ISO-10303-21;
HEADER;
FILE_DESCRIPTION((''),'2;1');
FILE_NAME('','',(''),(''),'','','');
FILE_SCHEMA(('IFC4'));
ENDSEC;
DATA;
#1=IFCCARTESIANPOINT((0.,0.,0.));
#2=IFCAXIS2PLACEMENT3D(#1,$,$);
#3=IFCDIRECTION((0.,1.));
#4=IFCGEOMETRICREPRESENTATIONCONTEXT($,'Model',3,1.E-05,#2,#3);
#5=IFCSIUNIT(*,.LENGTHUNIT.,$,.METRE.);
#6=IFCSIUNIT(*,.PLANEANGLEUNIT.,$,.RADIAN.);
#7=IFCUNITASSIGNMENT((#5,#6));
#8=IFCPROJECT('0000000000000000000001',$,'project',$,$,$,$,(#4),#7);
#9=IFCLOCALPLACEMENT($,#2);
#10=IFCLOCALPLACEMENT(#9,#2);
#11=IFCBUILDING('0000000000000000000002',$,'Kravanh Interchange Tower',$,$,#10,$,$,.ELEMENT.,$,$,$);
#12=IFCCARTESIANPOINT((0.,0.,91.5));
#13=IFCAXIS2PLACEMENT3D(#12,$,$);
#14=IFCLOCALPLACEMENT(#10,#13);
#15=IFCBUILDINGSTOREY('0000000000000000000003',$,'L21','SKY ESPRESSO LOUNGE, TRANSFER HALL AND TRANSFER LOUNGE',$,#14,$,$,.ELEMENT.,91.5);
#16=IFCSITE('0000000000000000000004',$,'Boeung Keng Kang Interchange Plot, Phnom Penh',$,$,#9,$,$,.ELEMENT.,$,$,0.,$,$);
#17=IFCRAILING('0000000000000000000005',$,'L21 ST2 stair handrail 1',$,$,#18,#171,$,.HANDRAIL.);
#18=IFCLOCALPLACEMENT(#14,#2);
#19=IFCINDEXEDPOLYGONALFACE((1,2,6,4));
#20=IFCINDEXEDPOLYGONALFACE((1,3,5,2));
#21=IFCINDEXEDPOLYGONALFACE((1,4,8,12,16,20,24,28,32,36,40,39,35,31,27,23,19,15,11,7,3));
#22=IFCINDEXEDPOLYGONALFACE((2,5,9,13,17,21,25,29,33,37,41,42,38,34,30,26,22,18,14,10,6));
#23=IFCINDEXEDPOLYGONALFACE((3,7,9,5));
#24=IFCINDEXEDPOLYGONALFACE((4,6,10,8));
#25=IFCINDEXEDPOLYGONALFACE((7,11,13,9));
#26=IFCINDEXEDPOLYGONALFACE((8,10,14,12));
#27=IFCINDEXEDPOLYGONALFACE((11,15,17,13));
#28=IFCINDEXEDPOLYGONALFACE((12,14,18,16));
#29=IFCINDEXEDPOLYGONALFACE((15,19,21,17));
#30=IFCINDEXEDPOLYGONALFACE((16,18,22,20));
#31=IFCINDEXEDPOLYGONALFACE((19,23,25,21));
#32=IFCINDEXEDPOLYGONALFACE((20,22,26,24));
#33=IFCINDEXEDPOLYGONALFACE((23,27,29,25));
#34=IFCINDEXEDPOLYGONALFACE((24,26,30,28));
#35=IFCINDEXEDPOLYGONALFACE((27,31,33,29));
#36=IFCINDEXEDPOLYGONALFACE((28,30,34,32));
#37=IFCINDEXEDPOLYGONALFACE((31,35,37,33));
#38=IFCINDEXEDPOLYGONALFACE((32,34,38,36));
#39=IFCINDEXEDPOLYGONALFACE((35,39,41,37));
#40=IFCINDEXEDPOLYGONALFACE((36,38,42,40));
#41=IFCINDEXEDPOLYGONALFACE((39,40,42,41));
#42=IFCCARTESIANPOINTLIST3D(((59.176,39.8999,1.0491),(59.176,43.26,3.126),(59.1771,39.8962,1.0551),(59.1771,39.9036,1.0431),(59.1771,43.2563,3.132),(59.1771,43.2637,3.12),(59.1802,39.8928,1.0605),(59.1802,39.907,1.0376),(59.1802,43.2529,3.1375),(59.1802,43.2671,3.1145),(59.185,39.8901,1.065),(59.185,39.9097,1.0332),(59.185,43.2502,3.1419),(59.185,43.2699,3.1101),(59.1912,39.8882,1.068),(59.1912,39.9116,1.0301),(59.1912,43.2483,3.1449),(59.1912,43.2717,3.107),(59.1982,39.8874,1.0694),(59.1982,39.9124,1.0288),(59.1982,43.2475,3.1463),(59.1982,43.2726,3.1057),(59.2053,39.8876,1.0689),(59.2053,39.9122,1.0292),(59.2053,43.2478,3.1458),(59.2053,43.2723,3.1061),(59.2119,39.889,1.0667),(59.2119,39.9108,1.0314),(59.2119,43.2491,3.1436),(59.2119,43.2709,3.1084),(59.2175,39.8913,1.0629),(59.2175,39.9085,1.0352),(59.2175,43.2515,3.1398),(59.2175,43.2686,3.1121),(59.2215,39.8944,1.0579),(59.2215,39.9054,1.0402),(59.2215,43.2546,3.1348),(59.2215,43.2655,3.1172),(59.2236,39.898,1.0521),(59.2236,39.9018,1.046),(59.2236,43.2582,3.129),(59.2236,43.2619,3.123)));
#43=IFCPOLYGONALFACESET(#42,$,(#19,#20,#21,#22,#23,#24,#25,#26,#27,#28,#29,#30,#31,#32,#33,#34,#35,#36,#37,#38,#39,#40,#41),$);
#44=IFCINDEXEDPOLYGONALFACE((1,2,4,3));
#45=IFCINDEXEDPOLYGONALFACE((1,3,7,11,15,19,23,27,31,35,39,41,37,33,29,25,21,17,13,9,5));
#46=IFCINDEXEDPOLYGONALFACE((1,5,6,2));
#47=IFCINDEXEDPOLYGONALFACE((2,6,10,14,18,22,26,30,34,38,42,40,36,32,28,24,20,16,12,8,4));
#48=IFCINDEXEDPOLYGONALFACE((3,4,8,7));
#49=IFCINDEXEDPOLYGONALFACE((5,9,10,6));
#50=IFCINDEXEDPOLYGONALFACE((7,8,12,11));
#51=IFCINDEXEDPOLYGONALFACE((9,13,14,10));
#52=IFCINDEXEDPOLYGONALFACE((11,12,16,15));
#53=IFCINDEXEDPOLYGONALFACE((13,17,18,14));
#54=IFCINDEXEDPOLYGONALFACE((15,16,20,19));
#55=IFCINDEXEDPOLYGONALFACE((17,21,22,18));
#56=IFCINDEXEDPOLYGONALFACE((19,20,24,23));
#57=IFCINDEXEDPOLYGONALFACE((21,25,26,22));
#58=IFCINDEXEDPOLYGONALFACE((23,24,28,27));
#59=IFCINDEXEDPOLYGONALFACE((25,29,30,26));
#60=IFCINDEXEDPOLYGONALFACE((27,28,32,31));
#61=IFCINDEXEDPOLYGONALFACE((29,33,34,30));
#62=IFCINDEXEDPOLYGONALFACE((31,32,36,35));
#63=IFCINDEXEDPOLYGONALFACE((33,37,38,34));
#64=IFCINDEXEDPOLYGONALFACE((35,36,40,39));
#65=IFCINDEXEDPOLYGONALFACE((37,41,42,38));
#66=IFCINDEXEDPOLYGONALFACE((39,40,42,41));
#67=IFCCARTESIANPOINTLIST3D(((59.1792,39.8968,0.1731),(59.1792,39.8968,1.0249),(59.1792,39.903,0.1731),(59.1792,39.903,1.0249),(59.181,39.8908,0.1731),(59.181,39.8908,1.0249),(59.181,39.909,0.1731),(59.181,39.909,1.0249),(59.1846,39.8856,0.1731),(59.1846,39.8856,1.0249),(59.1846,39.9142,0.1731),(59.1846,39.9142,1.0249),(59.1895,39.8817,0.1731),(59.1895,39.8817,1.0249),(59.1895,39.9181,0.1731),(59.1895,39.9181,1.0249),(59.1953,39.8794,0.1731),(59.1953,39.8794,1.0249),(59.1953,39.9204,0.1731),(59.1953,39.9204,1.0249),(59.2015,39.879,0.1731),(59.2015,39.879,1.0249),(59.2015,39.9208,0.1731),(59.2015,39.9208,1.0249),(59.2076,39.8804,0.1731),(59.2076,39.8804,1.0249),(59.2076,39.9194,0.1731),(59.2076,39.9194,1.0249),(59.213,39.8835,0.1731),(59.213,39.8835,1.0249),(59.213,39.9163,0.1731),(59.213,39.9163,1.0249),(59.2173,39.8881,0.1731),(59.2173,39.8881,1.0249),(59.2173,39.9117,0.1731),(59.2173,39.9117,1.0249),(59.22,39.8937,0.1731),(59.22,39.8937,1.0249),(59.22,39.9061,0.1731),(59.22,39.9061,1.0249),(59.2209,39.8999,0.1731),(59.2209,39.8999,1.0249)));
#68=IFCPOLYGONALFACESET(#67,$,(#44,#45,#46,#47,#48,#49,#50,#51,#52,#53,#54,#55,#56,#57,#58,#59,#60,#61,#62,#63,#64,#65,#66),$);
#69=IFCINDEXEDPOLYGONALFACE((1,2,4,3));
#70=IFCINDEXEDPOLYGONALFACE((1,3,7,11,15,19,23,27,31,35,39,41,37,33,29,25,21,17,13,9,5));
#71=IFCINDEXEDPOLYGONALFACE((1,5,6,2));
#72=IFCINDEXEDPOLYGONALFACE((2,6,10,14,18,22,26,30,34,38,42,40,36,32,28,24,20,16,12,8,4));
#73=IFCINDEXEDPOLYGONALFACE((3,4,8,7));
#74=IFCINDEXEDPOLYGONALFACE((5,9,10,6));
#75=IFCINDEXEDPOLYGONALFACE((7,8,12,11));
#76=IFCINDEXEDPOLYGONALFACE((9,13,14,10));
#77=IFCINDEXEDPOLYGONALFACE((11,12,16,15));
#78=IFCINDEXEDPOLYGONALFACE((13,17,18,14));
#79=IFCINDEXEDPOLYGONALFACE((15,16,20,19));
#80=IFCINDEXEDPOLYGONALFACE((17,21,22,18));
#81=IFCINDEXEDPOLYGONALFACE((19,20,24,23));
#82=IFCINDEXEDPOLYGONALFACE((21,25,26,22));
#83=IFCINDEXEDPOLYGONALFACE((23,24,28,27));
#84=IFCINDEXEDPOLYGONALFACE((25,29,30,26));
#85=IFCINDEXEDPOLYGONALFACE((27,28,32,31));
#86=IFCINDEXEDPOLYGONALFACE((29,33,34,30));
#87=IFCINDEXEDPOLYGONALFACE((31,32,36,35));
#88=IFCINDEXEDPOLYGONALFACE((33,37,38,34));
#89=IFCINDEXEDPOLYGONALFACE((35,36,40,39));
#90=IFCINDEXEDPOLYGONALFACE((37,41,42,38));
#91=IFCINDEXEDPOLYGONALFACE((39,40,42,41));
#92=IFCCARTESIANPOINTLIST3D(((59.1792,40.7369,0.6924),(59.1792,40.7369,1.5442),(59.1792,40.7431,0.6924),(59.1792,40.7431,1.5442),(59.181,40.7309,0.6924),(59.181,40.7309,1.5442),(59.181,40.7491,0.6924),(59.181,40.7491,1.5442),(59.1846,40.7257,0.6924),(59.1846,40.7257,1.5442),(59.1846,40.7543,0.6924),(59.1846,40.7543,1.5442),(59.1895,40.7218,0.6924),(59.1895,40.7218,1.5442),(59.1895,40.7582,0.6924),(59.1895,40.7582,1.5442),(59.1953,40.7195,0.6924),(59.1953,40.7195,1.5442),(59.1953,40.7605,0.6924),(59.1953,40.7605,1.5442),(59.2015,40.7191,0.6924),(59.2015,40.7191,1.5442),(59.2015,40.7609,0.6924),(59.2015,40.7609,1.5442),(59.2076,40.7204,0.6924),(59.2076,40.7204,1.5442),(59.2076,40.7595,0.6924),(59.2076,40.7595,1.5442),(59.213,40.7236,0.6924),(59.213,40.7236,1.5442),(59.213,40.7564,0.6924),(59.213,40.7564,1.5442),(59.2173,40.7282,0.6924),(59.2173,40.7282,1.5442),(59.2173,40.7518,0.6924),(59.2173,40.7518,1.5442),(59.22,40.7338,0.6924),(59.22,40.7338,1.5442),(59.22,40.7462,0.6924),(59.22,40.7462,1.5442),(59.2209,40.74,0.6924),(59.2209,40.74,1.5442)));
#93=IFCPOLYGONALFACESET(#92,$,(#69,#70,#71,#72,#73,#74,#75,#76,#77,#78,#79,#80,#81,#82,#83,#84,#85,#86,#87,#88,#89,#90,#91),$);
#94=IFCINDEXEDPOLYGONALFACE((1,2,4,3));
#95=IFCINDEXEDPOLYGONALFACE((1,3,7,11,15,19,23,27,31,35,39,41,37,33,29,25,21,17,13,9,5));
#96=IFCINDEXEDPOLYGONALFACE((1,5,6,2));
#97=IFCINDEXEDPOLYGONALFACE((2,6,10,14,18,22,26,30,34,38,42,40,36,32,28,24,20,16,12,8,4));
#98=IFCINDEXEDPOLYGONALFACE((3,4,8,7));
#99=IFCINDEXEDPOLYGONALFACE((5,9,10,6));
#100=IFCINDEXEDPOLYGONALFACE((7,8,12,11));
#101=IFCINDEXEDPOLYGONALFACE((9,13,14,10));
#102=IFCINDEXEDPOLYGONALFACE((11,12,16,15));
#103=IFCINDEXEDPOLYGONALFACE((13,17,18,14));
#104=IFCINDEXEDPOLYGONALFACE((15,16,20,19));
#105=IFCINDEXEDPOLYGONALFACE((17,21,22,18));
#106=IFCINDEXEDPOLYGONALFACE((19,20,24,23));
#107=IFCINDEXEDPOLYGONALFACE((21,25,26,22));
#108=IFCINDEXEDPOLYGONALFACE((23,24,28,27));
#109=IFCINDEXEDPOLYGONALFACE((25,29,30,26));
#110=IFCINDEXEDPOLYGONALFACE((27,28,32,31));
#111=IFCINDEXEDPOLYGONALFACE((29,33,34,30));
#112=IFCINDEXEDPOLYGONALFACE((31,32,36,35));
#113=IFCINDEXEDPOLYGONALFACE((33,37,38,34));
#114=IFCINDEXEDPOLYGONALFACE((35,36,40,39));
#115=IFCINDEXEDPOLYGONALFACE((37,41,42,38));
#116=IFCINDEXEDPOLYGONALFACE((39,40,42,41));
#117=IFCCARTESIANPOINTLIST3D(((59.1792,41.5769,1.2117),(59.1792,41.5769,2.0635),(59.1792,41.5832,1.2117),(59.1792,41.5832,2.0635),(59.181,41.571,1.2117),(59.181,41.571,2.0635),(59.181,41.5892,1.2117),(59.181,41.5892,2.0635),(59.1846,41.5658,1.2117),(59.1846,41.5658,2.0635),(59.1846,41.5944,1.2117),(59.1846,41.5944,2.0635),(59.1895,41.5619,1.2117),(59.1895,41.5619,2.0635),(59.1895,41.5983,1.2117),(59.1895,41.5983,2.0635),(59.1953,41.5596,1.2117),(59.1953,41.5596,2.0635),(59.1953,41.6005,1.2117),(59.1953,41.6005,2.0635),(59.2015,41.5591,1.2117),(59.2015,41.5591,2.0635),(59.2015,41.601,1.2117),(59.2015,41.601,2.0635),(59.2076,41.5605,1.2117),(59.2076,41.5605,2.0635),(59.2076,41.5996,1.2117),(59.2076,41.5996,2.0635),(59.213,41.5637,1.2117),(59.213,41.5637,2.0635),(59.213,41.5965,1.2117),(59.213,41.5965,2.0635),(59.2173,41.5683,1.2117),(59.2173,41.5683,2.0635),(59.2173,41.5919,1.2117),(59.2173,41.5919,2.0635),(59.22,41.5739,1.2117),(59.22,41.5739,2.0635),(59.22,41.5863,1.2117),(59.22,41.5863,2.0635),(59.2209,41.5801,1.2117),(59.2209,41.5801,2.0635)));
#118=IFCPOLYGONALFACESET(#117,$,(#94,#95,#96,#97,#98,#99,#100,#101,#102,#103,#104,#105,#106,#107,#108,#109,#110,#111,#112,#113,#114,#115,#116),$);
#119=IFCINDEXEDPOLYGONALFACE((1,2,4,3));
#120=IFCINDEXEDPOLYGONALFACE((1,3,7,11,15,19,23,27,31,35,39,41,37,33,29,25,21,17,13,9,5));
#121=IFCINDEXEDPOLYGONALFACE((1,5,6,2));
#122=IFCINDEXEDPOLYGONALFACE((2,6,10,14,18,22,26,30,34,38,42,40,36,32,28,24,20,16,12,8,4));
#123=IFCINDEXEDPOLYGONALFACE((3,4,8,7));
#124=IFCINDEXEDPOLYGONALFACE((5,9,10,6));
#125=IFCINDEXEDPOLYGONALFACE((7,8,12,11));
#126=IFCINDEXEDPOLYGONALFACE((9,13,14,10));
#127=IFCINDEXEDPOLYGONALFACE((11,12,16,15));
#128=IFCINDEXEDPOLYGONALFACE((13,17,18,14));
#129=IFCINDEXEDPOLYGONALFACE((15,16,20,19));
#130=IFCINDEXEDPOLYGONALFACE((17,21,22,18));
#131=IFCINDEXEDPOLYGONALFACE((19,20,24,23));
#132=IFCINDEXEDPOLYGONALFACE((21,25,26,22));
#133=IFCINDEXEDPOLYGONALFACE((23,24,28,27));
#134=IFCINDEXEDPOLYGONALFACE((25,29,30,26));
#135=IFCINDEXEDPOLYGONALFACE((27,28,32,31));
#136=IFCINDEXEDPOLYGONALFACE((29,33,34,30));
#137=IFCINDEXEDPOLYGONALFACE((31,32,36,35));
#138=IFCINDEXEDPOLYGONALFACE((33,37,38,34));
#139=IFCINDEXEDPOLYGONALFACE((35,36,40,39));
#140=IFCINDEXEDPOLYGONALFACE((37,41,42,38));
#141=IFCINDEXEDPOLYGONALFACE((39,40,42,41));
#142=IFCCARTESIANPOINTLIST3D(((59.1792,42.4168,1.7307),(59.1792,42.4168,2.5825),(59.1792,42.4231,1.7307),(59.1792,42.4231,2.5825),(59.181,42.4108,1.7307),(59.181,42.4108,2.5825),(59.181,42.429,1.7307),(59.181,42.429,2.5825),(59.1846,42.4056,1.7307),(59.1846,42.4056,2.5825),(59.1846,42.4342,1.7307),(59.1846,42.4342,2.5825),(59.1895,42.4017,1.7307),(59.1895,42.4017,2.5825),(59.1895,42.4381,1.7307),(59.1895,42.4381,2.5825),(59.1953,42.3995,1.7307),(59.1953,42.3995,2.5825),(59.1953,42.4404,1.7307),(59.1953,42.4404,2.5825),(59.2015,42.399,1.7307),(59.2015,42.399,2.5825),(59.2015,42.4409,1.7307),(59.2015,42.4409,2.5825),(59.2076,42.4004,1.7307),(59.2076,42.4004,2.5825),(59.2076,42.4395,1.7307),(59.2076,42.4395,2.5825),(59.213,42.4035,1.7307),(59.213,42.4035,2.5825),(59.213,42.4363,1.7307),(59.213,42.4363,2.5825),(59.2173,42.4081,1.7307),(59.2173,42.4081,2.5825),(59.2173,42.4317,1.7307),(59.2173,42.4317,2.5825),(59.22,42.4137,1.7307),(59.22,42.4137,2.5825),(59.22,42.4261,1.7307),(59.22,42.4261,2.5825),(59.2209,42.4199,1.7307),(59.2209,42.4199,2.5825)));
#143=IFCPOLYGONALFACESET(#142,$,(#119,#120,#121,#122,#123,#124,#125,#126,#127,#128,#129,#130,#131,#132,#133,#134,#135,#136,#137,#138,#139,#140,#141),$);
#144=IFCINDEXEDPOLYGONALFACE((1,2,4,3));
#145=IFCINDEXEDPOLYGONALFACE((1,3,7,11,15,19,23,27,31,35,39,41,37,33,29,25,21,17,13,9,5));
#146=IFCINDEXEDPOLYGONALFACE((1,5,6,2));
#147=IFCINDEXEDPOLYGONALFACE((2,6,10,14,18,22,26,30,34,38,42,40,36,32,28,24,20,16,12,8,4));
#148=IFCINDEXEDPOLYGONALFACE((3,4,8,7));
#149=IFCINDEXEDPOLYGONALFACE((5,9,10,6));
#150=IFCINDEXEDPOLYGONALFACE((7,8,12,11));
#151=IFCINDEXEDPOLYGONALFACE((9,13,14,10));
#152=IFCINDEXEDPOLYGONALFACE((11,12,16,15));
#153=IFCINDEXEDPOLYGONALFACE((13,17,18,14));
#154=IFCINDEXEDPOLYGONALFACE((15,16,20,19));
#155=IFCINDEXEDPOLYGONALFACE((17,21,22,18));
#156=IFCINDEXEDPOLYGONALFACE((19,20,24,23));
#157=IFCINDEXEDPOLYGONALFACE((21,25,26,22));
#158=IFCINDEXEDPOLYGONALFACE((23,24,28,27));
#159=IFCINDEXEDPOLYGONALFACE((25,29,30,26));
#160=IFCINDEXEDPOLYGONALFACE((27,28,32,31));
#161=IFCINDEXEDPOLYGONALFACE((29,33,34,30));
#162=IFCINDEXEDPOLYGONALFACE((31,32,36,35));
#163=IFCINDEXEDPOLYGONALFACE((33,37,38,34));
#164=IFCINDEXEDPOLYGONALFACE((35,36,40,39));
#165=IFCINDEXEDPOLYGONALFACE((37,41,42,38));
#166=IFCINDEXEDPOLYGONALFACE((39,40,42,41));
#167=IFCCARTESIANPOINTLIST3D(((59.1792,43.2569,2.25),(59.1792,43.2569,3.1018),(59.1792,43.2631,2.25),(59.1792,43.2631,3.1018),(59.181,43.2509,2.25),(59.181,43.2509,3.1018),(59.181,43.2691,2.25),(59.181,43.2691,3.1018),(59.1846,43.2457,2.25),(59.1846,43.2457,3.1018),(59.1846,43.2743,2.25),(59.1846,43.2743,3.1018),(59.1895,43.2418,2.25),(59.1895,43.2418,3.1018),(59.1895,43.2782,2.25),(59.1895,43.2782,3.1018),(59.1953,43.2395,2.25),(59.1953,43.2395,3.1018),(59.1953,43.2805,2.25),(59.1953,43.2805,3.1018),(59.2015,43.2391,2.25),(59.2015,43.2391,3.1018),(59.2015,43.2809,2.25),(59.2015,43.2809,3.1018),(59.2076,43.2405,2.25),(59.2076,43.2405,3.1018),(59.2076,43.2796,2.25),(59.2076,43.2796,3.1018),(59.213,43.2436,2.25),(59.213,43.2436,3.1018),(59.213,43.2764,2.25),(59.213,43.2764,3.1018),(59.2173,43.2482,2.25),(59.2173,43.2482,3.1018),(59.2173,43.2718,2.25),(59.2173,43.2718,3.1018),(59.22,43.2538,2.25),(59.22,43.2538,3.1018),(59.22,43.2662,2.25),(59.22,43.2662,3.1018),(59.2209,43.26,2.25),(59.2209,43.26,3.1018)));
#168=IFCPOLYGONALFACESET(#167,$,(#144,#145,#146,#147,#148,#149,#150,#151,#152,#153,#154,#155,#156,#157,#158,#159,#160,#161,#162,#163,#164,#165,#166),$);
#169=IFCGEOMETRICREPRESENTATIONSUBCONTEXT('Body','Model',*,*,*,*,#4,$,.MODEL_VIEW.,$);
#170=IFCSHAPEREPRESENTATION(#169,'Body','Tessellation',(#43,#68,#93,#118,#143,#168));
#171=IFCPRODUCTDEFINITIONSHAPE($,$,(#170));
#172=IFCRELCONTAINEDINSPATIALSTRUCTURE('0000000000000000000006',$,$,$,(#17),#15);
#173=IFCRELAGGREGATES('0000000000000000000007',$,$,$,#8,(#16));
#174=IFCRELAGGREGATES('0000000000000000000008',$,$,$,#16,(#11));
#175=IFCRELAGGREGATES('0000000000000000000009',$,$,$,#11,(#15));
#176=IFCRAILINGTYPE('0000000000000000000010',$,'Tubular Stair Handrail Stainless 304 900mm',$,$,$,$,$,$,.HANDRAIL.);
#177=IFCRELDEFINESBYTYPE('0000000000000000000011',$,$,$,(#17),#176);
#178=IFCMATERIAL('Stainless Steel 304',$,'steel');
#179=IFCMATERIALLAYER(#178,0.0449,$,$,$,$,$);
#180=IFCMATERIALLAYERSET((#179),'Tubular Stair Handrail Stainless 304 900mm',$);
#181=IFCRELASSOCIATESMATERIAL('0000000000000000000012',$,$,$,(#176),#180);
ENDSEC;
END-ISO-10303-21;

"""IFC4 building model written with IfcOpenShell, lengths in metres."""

from ifc_helpers import new_model, si_unit, direction, frame, origin, origin_2d, place, context, subcontext, project, spatial, circle, extrude, material, layer, layer_set, type_object, element, save


model = new_model("IFC4")

# Units and contexts
model_context = context("Model", 3, precision=1e-05, world=origin(), true_north=direction((0.0, 1.0)))
body_context = subcontext(model_context, "Body", "Model", "MODEL_VIEW")
ifc_project = project(units=[si_unit("LENGTHUNIT", "METRE"), si_unit("PLANEANGLEUNIT", "RADIAN")], contexts=[model_context])

# Site, building, storey
site_placement = place(None, origin())
site = spatial("IfcSite", under=ifc_project, at=site_placement, Name="Boeung Keng Kang Interchange Plot, Phnom Penh", CompositionType="ELEMENT", RefElevation=0.0)
building_placement = place(site_placement, origin())
building = spatial("IfcBuilding", under=site, at=building_placement, Name="Kravanh Interchange Tower", CompositionType="ELEMENT")
storey_placement = place(building_placement, frame((0.0, 0.0, 91.5)))
storey = spatial("IfcBuildingStorey", under=building, at=storey_placement, Name="L21", Description="SKY ESPRESSO LOUNGE, TRANSFER HALL AND TRANSFER LOUNGE", CompositionType="ELEMENT", Elevation=91.5)

# Railing
ifc_material_1 = material(Name="Stainless Steel 304", Category="steel")
ifc_layer_1 = layer(ifc_material_1, 0.0449)
ifc_layer_set_1 = layer_set([ifc_layer_1], Name="Tubular Stair Handrail Stainless 304 900mm")
railing_type_1 = type_object("IfcRailingType", Name="Tubular Stair Handrail Stainless 304 900mm", PredefinedType="HANDRAIL", material=ifc_layer_set_1)
railing_1_placement = place(storey_placement, frame((59.2, 39.8999, 0.1731)))
element("IfcRailing", 1, at=railing_1_placement, inside=storey, type_object=railing_type_1, Name="L21 ST2 stair handrail 1", PredefinedType="HANDRAIL", context=body_context, shape_type="SweptSolid", body=[
    extrude(circle(Radius=0.0239, at=origin_2d()), frame((0.0, 0.0, 0.876), z_axis=(0.0, 0.850623, 0.525776), x_axis=(-1.0, 0.0, 0.0)), (0.0, 0.0, 1.0), 3.9502),
    extrude(circle(Radius=0.021, at=origin_2d()), origin(), (0.0, 0.0, 1.0), 0.8518),
    extrude(circle(Radius=0.021, at=origin_2d()), frame((0.0, 0.8401, 0.5193)), (0.0, 0.0, 1.0), 0.8518),
    extrude(circle(Radius=0.021, at=origin_2d()), frame((0.0, 1.6802, 1.0386)), (0.0, 0.0, 1.0), 0.8518),
    extrude(circle(Radius=0.021, at=origin_2d()), frame((0.0, 2.52, 1.5576)), (0.0, 0.0, 1.0), 0.8518),
    extrude(circle(Radius=0.021, at=origin_2d()), frame((0.0, 3.3601, 2.0769)), (0.0, 0.0, 1.0), 0.8518),
])

save(model, "model.ifc")
